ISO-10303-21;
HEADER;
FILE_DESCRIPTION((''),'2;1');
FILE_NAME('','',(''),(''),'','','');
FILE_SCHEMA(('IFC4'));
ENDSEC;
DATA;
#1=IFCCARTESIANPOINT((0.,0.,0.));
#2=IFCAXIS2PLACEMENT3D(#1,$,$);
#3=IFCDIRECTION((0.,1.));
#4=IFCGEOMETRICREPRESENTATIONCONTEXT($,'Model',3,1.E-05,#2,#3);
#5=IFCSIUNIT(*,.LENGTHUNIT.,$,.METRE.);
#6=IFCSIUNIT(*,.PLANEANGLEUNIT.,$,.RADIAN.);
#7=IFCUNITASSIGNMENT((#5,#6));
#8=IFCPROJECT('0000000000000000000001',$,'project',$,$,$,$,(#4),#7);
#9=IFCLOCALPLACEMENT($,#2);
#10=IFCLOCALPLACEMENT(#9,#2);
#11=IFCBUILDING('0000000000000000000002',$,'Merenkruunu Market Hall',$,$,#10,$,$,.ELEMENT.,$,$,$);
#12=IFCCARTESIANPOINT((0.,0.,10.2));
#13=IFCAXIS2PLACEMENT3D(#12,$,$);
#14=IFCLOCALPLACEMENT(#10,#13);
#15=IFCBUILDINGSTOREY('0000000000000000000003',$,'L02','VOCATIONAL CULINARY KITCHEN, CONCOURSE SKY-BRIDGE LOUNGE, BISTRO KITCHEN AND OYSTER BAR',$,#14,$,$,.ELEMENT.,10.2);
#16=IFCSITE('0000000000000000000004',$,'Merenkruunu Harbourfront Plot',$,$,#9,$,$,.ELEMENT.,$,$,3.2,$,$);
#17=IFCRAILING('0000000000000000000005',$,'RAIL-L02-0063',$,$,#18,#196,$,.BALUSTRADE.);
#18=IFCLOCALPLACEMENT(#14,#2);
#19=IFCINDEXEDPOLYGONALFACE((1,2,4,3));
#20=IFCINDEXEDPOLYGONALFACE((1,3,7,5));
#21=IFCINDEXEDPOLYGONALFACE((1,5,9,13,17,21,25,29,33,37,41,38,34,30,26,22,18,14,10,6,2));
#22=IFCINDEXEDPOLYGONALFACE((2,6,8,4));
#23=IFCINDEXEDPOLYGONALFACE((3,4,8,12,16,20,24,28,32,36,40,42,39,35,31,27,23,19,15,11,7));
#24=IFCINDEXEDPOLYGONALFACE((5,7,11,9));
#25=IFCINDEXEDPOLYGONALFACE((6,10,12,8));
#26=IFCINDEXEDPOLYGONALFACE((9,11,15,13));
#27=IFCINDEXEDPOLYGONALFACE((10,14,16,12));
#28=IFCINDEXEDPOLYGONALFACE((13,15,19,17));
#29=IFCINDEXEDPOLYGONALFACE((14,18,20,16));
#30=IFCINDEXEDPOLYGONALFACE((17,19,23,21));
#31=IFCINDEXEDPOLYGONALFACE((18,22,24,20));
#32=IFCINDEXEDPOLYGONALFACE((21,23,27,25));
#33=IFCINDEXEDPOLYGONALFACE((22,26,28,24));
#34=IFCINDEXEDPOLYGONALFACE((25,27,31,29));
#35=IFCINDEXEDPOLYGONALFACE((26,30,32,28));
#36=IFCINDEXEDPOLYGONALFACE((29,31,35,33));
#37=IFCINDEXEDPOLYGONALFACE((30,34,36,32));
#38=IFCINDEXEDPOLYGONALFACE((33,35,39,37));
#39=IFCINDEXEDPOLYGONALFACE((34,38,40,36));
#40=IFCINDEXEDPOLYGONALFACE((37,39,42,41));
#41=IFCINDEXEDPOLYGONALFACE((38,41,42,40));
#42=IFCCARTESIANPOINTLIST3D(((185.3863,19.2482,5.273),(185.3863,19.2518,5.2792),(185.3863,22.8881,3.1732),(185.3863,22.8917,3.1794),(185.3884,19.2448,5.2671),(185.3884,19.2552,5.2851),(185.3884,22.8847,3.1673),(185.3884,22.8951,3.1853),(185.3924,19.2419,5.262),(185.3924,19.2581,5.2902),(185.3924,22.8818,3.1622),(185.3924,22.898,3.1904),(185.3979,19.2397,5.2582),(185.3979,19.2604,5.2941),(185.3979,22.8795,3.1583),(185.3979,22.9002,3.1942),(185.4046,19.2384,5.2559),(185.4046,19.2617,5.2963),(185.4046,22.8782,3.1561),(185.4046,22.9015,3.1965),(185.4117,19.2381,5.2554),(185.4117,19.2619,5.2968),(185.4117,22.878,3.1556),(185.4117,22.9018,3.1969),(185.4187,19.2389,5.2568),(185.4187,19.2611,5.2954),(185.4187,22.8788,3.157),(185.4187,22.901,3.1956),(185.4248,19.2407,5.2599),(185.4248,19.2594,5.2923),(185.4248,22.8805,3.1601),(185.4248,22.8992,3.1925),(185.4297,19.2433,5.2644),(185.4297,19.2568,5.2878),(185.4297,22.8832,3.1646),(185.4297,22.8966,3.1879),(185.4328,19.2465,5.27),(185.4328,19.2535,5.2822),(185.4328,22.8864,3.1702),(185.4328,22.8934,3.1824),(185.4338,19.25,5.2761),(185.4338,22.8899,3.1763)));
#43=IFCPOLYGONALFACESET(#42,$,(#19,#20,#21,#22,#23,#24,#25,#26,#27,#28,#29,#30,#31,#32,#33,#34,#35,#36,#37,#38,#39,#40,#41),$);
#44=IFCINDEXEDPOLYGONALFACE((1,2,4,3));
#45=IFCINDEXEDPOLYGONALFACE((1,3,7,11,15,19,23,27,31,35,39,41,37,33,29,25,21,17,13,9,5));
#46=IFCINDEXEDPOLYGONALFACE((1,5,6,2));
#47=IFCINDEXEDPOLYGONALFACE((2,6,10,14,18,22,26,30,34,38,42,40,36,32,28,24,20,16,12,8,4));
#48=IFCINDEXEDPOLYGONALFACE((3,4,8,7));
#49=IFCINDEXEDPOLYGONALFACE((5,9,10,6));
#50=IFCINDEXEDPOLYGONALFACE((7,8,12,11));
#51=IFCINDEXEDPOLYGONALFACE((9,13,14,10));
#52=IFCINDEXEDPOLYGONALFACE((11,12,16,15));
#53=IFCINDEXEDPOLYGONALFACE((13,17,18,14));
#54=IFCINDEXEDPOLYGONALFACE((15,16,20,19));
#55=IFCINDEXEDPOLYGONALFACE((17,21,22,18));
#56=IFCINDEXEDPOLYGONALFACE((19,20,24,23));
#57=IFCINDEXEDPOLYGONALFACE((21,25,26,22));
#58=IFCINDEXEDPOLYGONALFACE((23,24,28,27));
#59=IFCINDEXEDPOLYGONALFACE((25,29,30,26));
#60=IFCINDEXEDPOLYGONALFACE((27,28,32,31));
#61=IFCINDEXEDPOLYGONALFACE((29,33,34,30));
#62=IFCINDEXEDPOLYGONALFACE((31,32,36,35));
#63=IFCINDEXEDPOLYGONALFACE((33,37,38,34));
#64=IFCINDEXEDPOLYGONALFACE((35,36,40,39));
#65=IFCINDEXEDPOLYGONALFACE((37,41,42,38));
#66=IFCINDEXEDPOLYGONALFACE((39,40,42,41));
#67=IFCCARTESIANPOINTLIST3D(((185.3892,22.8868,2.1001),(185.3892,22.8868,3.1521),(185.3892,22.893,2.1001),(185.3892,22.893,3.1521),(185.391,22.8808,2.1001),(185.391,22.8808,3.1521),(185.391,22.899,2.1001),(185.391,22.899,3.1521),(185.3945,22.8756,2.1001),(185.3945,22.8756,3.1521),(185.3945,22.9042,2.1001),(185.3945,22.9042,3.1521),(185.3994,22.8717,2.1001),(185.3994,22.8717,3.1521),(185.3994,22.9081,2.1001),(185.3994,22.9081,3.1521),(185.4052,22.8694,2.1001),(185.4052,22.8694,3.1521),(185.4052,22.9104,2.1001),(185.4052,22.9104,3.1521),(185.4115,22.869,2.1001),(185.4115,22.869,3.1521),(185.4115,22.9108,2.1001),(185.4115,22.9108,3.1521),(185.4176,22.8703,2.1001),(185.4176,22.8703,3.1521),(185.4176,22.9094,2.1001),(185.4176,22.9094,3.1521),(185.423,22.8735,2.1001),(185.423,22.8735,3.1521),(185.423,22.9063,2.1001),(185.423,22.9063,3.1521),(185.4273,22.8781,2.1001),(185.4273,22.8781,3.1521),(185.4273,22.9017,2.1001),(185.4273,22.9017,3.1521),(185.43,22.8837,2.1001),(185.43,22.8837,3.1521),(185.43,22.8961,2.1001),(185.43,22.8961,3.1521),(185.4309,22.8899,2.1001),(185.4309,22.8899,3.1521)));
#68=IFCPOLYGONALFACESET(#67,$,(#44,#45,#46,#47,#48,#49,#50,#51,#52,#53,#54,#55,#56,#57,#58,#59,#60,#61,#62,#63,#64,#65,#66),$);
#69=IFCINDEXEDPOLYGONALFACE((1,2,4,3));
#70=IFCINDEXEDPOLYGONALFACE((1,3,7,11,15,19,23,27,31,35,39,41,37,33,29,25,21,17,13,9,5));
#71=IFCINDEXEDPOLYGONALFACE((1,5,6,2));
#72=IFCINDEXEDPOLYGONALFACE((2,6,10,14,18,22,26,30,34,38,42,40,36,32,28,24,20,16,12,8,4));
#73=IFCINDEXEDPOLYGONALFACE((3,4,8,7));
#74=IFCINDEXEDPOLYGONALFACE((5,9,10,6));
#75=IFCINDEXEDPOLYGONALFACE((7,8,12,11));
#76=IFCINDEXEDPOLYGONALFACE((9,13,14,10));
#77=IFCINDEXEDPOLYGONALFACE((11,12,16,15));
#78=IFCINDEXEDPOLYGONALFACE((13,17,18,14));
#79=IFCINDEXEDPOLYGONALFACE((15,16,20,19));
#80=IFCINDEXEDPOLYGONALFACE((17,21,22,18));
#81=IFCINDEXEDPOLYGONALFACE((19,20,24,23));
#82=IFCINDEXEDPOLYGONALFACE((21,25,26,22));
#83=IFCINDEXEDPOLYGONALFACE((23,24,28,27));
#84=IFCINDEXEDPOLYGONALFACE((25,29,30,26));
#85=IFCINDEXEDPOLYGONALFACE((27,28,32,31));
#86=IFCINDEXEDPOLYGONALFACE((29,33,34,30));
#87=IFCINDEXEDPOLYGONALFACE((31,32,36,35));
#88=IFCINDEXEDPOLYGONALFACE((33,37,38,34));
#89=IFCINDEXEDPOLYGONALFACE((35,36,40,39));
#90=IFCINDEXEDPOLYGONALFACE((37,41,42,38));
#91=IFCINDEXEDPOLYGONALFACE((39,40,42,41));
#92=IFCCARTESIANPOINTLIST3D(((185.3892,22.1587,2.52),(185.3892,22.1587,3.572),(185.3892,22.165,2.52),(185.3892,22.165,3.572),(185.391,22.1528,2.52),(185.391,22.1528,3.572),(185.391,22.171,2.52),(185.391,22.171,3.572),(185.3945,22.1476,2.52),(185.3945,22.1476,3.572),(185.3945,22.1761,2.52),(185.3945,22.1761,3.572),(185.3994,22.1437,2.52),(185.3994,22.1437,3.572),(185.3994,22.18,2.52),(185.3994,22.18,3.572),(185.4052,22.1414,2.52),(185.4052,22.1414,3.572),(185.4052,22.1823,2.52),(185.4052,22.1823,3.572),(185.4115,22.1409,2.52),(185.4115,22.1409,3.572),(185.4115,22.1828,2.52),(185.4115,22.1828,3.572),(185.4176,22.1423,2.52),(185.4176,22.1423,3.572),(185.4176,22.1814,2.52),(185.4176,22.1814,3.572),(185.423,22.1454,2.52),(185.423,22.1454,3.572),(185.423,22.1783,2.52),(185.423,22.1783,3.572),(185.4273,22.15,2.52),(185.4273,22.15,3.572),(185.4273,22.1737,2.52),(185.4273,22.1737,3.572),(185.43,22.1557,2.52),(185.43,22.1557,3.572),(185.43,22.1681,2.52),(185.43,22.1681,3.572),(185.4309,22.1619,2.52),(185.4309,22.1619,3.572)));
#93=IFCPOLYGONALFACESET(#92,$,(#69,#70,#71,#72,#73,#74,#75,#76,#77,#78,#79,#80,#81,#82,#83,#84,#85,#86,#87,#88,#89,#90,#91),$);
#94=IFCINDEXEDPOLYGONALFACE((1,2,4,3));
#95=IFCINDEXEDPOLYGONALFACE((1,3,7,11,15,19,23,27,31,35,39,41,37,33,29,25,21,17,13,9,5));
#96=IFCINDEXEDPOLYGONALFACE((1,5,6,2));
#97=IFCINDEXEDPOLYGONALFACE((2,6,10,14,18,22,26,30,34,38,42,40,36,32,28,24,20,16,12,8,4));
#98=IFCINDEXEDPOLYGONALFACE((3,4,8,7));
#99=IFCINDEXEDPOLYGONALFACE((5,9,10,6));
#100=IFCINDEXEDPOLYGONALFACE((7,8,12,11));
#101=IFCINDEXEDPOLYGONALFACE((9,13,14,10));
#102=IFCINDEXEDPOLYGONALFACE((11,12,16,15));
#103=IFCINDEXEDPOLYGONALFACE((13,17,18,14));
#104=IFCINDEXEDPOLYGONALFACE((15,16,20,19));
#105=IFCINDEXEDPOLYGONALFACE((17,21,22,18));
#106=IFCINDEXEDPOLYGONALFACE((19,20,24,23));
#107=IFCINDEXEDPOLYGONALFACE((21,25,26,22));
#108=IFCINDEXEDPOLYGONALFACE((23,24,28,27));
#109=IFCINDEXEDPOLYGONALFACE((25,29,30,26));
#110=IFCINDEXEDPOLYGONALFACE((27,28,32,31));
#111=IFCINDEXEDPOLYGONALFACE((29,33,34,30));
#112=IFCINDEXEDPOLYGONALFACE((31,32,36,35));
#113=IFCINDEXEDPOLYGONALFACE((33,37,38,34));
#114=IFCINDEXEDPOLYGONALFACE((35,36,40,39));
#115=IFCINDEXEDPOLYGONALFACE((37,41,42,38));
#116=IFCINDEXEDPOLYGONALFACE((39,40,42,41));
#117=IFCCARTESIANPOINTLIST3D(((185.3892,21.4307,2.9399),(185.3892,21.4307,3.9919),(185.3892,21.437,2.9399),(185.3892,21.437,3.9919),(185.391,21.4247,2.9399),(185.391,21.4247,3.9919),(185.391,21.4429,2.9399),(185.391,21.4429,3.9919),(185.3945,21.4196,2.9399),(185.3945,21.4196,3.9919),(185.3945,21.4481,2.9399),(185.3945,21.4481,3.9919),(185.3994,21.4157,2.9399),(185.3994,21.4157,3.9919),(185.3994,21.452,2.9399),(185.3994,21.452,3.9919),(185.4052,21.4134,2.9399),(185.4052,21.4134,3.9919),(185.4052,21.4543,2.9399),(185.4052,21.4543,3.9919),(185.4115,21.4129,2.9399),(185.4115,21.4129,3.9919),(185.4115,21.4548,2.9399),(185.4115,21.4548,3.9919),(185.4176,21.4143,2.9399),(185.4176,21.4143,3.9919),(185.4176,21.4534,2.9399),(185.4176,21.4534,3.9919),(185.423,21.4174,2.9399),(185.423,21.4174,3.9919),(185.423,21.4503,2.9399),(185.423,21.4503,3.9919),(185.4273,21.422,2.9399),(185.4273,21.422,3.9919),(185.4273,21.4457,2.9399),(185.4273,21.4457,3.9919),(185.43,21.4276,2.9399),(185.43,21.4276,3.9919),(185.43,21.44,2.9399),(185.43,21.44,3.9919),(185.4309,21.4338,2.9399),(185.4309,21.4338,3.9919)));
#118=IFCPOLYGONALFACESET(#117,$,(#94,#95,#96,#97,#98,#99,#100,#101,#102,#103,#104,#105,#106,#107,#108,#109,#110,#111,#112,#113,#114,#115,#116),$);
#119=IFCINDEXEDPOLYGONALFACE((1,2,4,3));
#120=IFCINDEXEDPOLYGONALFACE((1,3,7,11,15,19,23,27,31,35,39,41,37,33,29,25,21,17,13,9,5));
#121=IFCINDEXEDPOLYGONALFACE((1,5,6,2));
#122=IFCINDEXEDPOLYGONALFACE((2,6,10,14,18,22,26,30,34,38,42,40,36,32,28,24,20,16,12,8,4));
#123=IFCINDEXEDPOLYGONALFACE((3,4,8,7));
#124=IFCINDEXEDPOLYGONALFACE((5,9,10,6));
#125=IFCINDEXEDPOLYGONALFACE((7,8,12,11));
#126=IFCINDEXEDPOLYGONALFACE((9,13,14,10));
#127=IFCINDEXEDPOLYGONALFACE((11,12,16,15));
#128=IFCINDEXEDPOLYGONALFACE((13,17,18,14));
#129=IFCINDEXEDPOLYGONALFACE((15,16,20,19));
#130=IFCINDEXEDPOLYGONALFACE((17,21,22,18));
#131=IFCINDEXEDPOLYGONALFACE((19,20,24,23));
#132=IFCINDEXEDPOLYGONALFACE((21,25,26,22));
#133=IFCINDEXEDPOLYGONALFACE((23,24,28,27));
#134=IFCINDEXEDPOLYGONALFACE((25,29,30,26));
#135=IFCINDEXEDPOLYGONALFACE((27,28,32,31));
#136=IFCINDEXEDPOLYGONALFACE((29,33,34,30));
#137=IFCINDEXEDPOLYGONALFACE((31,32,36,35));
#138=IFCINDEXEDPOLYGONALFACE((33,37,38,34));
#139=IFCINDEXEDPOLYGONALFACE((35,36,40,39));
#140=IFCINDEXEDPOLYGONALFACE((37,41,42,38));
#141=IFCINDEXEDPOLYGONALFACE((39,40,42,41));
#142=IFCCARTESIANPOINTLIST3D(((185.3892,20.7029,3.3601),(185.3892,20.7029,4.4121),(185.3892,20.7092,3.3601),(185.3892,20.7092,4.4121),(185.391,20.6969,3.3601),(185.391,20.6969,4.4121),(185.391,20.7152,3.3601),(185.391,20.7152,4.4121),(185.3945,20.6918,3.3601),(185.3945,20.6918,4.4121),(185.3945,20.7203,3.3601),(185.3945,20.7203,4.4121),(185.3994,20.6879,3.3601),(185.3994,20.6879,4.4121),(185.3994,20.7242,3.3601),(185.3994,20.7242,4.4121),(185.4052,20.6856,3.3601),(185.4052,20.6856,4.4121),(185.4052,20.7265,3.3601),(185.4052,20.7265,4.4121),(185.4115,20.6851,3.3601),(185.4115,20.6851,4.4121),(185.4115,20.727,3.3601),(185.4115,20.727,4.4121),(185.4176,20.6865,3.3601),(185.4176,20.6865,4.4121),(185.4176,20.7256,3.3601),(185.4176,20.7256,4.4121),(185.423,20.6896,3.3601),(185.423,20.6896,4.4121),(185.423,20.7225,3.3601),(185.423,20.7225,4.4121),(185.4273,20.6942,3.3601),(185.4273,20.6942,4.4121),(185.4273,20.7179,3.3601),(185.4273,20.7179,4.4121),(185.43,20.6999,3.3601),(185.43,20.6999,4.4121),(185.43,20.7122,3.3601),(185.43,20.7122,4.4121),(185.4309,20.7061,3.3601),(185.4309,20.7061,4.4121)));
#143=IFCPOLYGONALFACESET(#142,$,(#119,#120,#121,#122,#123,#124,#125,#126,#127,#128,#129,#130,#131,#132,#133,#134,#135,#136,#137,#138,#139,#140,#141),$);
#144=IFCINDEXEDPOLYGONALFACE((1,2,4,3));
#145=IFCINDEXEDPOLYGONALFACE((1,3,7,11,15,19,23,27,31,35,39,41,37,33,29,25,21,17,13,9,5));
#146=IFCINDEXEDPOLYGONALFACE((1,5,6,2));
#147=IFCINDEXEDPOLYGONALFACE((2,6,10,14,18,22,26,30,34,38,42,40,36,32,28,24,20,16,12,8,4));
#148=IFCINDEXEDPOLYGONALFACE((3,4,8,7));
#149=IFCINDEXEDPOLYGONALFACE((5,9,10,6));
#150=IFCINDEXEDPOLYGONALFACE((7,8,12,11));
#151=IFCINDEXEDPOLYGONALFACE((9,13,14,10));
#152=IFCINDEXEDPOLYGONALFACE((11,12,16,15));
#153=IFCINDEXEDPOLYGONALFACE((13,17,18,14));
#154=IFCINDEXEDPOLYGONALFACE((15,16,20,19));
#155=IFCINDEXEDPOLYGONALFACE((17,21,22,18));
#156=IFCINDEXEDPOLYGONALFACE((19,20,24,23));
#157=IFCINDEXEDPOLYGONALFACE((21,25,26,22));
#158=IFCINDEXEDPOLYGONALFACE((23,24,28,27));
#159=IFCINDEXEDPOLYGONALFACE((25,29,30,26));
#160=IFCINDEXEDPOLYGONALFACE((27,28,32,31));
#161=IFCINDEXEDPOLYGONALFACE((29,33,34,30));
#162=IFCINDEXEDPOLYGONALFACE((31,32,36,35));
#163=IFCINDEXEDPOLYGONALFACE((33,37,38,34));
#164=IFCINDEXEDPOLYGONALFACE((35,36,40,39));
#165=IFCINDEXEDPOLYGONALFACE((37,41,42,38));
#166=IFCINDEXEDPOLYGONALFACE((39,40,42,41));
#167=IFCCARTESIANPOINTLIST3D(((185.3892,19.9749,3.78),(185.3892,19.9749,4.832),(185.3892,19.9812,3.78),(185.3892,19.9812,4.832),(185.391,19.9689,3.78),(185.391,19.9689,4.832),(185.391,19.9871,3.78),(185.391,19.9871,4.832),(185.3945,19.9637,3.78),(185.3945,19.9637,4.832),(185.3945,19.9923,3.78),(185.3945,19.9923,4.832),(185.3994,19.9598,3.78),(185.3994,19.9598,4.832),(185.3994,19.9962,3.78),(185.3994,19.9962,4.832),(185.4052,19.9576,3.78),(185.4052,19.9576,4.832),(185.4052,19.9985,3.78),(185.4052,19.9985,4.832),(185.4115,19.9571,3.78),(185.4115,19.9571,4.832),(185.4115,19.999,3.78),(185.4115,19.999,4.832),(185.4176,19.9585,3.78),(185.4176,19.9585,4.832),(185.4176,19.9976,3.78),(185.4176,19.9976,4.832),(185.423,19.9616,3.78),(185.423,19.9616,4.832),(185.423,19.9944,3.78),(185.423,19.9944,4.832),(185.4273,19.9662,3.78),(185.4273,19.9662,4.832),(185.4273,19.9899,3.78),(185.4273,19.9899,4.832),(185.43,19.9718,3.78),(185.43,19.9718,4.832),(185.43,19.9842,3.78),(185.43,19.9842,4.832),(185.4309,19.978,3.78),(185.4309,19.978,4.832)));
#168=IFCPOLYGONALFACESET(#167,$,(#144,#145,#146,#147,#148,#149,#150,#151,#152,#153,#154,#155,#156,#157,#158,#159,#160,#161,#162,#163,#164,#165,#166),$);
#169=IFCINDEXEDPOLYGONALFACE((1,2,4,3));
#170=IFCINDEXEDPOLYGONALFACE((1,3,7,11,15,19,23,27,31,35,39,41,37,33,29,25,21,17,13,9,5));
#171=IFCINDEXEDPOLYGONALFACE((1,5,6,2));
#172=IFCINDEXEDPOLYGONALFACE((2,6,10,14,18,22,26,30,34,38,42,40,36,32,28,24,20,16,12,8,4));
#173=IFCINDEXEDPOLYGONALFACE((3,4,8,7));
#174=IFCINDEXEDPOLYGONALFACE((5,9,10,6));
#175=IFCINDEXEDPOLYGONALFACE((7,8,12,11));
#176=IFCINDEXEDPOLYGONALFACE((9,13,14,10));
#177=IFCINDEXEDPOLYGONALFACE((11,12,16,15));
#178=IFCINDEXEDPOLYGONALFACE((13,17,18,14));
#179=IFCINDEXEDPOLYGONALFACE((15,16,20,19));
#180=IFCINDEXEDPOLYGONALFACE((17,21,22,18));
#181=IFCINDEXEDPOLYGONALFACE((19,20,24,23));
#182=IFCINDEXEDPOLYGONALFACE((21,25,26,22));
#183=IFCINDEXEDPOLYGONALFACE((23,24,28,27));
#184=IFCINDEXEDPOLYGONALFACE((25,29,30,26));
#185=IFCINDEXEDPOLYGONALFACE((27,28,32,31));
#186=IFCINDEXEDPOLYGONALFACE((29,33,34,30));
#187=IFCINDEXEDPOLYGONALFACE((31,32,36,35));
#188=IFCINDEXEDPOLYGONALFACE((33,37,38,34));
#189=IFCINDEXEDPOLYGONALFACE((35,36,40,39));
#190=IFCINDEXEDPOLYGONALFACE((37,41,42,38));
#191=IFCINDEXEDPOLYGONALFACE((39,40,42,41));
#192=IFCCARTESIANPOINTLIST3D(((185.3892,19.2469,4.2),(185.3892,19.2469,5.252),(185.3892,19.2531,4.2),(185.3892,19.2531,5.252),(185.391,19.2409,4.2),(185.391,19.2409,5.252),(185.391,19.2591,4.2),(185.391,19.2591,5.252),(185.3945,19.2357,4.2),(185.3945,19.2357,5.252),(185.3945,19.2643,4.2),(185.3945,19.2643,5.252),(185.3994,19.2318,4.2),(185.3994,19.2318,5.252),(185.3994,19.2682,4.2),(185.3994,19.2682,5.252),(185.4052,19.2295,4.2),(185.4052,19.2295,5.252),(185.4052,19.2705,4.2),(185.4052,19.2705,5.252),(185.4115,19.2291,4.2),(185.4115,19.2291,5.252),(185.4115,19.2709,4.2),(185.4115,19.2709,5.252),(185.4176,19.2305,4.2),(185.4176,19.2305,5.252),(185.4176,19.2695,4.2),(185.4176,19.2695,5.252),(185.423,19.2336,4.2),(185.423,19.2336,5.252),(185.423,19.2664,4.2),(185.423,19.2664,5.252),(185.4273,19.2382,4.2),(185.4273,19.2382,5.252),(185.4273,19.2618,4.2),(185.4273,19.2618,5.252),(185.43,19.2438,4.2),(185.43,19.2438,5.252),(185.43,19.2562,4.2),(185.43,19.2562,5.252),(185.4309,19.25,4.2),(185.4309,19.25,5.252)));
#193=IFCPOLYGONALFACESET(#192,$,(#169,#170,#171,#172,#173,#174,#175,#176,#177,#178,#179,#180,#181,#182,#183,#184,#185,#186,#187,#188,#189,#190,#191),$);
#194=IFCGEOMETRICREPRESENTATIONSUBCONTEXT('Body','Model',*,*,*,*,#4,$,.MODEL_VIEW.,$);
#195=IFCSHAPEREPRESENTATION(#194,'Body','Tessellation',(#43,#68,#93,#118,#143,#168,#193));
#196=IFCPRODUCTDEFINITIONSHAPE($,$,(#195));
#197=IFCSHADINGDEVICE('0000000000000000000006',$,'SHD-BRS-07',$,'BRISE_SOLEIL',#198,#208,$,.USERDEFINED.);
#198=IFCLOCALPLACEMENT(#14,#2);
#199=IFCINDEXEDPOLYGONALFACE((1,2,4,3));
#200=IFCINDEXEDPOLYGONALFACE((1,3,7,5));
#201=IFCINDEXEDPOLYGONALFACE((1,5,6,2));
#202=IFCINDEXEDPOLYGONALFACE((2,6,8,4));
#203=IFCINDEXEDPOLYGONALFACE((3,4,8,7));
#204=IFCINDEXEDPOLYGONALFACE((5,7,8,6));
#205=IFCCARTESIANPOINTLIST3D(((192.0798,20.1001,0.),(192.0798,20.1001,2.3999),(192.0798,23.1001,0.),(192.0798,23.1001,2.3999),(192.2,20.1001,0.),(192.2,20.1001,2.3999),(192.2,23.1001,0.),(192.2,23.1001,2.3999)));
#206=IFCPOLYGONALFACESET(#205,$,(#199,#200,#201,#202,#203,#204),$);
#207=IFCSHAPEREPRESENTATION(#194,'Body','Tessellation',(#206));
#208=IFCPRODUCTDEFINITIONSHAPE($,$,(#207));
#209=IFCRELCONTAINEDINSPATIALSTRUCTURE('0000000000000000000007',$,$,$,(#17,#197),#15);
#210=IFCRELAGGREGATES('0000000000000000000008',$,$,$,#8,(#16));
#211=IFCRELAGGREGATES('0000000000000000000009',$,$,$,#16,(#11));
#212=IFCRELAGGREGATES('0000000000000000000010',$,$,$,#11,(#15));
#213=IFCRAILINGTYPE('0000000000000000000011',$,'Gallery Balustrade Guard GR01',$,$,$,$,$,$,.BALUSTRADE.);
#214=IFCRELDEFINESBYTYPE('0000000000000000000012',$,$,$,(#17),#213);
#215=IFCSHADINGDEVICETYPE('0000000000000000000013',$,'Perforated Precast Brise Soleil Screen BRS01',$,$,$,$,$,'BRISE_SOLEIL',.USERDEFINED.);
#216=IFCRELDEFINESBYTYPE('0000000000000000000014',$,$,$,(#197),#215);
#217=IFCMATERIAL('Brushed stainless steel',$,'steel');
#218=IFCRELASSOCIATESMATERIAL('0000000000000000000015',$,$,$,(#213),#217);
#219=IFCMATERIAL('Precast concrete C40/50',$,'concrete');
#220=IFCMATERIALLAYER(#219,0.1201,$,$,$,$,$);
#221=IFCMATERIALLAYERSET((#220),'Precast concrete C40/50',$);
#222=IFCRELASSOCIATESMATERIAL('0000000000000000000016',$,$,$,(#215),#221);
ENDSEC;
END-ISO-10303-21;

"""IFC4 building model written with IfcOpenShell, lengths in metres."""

from ifc_helpers import new_model, si_unit, direction, frame, origin, origin_2d, place, context, subcontext, project, spatial, rectangle, circle, extrude, material, layer, layer_set, type_object, element, save


model = new_model("IFC4")

# Units and contexts
model_context = context("Model", 3, precision=1e-05, world=origin(), true_north=direction((0.0, 1.0)))
body_context = subcontext(model_context, "Body", "Model", "MODEL_VIEW")
ifc_project = project(units=[si_unit("LENGTHUNIT", "METRE"), si_unit("PLANEANGLEUNIT", "RADIAN")], contexts=[model_context])

# Site, building, storey
site_placement = place(None, origin())
site = spatial("IfcSite", under=ifc_project, at=site_placement, Name="Merenkruunu Harbourfront Plot", CompositionType="ELEMENT", RefElevation=3.2)
building_placement = place(site_placement, origin())
building = spatial("IfcBuilding", under=site, at=building_placement, Name="Merenkruunu Market Hall", CompositionType="ELEMENT")
storey_placement = place(building_placement, frame((0.0, 0.0, 10.2)))
storey = spatial("IfcBuildingStorey", under=building, at=storey_placement, Name="L02", Description="VOCATIONAL CULINARY KITCHEN, CONCOURSE SKY-BRIDGE LOUNGE, BISTRO KITCHEN AND OYSTER BAR", CompositionType="ELEMENT", Elevation=10.2)

# Shared definitions
ifc_material_1 = material(Name="Precast concrete C40/50", Category="concrete")

# Railing
ifc_material_2 = material(Name="Brushed stainless steel", Category="steel")
railing_type_1 = type_object("IfcRailingType", Name="Gallery Balustrade Guard GR01", PredefinedType="BALUSTRADE", material=ifc_material_2)
railing_1_placement = place(storey_placement, frame((185.4099, 22.8899, 2.1001)))
element("IfcRailing", 1, at=railing_1_placement, inside=storey, type_object=railing_type_1, Name="RAIL-L02-0063", PredefinedType="BALUSTRADE", context=body_context, shape_type="SweptSolid", body=[
    extrude(circle(Radius=0.0239, at=origin_2d()), frame((0.0, 0.0, 1.0762), z_axis=(0.0, -0.866194, 0.499707), x_axis=(1.0, 0.0, 0.0)), (0.0, 0.0, 1.0), 4.2021),
    extrude(circle(Radius=0.021, at=origin_2d()), origin(), (0.0, 0.0, 1.0), 1.052),
    extrude(circle(Radius=0.021, at=origin_2d()), frame((0.0, -0.728, 0.4199)), (0.0, 0.0, 1.0), 1.052),
    extrude(circle(Radius=0.021, at=origin_2d()), frame((0.0, -1.4561, 0.8398)), (0.0, 0.0, 1.0), 1.052),
    extrude(circle(Radius=0.021, at=origin_2d()), frame((0.0, -2.1838, 1.26)), (0.0, 0.0, 1.0), 1.052),
    extrude(circle(Radius=0.021, at=origin_2d()), frame((0.0, -2.9119, 1.6799)), (0.0, 0.0, 1.0), 1.052),
    extrude(circle(Radius=0.021, at=origin_2d()), frame((0.0, -3.6399, 2.0999)), (0.0, 0.0, 1.0), 1.052),
])

# Shading device
ifc_layer_1 = layer(ifc_material_1, 0.1201)
ifc_layer_set_1 = layer_set([ifc_layer_1], Name="Precast concrete C40/50")
shading_device_type = type_object("IfcShadingDeviceType", Name="Perforated Precast Brise Soleil Screen BRS01", ElementType="BRISE_SOLEIL", PredefinedType="USERDEFINED", material=ifc_layer_set_1)
shading_device_placement = place(storey_placement, frame((192.1399, 21.6001, 0.0), z_axis=(0.0, 0.0, 1.0), x_axis=(0.0, 1.0, 0.0)))
element("IfcShadingDevice", 2, at=shading_device_placement, inside=storey, type_object=shading_device_type, Name="SHD-BRS-07", ObjectType="BRISE_SOLEIL", PredefinedType="USERDEFINED", context=body_context, shape_type="SweptSolid", body=[
    extrude(rectangle(XDim=3.0, YDim=0.1201, at=origin_2d()), origin(), (0.0, 0.0, 1.0), 2.3999),
])

save(model, "model.ifc")
